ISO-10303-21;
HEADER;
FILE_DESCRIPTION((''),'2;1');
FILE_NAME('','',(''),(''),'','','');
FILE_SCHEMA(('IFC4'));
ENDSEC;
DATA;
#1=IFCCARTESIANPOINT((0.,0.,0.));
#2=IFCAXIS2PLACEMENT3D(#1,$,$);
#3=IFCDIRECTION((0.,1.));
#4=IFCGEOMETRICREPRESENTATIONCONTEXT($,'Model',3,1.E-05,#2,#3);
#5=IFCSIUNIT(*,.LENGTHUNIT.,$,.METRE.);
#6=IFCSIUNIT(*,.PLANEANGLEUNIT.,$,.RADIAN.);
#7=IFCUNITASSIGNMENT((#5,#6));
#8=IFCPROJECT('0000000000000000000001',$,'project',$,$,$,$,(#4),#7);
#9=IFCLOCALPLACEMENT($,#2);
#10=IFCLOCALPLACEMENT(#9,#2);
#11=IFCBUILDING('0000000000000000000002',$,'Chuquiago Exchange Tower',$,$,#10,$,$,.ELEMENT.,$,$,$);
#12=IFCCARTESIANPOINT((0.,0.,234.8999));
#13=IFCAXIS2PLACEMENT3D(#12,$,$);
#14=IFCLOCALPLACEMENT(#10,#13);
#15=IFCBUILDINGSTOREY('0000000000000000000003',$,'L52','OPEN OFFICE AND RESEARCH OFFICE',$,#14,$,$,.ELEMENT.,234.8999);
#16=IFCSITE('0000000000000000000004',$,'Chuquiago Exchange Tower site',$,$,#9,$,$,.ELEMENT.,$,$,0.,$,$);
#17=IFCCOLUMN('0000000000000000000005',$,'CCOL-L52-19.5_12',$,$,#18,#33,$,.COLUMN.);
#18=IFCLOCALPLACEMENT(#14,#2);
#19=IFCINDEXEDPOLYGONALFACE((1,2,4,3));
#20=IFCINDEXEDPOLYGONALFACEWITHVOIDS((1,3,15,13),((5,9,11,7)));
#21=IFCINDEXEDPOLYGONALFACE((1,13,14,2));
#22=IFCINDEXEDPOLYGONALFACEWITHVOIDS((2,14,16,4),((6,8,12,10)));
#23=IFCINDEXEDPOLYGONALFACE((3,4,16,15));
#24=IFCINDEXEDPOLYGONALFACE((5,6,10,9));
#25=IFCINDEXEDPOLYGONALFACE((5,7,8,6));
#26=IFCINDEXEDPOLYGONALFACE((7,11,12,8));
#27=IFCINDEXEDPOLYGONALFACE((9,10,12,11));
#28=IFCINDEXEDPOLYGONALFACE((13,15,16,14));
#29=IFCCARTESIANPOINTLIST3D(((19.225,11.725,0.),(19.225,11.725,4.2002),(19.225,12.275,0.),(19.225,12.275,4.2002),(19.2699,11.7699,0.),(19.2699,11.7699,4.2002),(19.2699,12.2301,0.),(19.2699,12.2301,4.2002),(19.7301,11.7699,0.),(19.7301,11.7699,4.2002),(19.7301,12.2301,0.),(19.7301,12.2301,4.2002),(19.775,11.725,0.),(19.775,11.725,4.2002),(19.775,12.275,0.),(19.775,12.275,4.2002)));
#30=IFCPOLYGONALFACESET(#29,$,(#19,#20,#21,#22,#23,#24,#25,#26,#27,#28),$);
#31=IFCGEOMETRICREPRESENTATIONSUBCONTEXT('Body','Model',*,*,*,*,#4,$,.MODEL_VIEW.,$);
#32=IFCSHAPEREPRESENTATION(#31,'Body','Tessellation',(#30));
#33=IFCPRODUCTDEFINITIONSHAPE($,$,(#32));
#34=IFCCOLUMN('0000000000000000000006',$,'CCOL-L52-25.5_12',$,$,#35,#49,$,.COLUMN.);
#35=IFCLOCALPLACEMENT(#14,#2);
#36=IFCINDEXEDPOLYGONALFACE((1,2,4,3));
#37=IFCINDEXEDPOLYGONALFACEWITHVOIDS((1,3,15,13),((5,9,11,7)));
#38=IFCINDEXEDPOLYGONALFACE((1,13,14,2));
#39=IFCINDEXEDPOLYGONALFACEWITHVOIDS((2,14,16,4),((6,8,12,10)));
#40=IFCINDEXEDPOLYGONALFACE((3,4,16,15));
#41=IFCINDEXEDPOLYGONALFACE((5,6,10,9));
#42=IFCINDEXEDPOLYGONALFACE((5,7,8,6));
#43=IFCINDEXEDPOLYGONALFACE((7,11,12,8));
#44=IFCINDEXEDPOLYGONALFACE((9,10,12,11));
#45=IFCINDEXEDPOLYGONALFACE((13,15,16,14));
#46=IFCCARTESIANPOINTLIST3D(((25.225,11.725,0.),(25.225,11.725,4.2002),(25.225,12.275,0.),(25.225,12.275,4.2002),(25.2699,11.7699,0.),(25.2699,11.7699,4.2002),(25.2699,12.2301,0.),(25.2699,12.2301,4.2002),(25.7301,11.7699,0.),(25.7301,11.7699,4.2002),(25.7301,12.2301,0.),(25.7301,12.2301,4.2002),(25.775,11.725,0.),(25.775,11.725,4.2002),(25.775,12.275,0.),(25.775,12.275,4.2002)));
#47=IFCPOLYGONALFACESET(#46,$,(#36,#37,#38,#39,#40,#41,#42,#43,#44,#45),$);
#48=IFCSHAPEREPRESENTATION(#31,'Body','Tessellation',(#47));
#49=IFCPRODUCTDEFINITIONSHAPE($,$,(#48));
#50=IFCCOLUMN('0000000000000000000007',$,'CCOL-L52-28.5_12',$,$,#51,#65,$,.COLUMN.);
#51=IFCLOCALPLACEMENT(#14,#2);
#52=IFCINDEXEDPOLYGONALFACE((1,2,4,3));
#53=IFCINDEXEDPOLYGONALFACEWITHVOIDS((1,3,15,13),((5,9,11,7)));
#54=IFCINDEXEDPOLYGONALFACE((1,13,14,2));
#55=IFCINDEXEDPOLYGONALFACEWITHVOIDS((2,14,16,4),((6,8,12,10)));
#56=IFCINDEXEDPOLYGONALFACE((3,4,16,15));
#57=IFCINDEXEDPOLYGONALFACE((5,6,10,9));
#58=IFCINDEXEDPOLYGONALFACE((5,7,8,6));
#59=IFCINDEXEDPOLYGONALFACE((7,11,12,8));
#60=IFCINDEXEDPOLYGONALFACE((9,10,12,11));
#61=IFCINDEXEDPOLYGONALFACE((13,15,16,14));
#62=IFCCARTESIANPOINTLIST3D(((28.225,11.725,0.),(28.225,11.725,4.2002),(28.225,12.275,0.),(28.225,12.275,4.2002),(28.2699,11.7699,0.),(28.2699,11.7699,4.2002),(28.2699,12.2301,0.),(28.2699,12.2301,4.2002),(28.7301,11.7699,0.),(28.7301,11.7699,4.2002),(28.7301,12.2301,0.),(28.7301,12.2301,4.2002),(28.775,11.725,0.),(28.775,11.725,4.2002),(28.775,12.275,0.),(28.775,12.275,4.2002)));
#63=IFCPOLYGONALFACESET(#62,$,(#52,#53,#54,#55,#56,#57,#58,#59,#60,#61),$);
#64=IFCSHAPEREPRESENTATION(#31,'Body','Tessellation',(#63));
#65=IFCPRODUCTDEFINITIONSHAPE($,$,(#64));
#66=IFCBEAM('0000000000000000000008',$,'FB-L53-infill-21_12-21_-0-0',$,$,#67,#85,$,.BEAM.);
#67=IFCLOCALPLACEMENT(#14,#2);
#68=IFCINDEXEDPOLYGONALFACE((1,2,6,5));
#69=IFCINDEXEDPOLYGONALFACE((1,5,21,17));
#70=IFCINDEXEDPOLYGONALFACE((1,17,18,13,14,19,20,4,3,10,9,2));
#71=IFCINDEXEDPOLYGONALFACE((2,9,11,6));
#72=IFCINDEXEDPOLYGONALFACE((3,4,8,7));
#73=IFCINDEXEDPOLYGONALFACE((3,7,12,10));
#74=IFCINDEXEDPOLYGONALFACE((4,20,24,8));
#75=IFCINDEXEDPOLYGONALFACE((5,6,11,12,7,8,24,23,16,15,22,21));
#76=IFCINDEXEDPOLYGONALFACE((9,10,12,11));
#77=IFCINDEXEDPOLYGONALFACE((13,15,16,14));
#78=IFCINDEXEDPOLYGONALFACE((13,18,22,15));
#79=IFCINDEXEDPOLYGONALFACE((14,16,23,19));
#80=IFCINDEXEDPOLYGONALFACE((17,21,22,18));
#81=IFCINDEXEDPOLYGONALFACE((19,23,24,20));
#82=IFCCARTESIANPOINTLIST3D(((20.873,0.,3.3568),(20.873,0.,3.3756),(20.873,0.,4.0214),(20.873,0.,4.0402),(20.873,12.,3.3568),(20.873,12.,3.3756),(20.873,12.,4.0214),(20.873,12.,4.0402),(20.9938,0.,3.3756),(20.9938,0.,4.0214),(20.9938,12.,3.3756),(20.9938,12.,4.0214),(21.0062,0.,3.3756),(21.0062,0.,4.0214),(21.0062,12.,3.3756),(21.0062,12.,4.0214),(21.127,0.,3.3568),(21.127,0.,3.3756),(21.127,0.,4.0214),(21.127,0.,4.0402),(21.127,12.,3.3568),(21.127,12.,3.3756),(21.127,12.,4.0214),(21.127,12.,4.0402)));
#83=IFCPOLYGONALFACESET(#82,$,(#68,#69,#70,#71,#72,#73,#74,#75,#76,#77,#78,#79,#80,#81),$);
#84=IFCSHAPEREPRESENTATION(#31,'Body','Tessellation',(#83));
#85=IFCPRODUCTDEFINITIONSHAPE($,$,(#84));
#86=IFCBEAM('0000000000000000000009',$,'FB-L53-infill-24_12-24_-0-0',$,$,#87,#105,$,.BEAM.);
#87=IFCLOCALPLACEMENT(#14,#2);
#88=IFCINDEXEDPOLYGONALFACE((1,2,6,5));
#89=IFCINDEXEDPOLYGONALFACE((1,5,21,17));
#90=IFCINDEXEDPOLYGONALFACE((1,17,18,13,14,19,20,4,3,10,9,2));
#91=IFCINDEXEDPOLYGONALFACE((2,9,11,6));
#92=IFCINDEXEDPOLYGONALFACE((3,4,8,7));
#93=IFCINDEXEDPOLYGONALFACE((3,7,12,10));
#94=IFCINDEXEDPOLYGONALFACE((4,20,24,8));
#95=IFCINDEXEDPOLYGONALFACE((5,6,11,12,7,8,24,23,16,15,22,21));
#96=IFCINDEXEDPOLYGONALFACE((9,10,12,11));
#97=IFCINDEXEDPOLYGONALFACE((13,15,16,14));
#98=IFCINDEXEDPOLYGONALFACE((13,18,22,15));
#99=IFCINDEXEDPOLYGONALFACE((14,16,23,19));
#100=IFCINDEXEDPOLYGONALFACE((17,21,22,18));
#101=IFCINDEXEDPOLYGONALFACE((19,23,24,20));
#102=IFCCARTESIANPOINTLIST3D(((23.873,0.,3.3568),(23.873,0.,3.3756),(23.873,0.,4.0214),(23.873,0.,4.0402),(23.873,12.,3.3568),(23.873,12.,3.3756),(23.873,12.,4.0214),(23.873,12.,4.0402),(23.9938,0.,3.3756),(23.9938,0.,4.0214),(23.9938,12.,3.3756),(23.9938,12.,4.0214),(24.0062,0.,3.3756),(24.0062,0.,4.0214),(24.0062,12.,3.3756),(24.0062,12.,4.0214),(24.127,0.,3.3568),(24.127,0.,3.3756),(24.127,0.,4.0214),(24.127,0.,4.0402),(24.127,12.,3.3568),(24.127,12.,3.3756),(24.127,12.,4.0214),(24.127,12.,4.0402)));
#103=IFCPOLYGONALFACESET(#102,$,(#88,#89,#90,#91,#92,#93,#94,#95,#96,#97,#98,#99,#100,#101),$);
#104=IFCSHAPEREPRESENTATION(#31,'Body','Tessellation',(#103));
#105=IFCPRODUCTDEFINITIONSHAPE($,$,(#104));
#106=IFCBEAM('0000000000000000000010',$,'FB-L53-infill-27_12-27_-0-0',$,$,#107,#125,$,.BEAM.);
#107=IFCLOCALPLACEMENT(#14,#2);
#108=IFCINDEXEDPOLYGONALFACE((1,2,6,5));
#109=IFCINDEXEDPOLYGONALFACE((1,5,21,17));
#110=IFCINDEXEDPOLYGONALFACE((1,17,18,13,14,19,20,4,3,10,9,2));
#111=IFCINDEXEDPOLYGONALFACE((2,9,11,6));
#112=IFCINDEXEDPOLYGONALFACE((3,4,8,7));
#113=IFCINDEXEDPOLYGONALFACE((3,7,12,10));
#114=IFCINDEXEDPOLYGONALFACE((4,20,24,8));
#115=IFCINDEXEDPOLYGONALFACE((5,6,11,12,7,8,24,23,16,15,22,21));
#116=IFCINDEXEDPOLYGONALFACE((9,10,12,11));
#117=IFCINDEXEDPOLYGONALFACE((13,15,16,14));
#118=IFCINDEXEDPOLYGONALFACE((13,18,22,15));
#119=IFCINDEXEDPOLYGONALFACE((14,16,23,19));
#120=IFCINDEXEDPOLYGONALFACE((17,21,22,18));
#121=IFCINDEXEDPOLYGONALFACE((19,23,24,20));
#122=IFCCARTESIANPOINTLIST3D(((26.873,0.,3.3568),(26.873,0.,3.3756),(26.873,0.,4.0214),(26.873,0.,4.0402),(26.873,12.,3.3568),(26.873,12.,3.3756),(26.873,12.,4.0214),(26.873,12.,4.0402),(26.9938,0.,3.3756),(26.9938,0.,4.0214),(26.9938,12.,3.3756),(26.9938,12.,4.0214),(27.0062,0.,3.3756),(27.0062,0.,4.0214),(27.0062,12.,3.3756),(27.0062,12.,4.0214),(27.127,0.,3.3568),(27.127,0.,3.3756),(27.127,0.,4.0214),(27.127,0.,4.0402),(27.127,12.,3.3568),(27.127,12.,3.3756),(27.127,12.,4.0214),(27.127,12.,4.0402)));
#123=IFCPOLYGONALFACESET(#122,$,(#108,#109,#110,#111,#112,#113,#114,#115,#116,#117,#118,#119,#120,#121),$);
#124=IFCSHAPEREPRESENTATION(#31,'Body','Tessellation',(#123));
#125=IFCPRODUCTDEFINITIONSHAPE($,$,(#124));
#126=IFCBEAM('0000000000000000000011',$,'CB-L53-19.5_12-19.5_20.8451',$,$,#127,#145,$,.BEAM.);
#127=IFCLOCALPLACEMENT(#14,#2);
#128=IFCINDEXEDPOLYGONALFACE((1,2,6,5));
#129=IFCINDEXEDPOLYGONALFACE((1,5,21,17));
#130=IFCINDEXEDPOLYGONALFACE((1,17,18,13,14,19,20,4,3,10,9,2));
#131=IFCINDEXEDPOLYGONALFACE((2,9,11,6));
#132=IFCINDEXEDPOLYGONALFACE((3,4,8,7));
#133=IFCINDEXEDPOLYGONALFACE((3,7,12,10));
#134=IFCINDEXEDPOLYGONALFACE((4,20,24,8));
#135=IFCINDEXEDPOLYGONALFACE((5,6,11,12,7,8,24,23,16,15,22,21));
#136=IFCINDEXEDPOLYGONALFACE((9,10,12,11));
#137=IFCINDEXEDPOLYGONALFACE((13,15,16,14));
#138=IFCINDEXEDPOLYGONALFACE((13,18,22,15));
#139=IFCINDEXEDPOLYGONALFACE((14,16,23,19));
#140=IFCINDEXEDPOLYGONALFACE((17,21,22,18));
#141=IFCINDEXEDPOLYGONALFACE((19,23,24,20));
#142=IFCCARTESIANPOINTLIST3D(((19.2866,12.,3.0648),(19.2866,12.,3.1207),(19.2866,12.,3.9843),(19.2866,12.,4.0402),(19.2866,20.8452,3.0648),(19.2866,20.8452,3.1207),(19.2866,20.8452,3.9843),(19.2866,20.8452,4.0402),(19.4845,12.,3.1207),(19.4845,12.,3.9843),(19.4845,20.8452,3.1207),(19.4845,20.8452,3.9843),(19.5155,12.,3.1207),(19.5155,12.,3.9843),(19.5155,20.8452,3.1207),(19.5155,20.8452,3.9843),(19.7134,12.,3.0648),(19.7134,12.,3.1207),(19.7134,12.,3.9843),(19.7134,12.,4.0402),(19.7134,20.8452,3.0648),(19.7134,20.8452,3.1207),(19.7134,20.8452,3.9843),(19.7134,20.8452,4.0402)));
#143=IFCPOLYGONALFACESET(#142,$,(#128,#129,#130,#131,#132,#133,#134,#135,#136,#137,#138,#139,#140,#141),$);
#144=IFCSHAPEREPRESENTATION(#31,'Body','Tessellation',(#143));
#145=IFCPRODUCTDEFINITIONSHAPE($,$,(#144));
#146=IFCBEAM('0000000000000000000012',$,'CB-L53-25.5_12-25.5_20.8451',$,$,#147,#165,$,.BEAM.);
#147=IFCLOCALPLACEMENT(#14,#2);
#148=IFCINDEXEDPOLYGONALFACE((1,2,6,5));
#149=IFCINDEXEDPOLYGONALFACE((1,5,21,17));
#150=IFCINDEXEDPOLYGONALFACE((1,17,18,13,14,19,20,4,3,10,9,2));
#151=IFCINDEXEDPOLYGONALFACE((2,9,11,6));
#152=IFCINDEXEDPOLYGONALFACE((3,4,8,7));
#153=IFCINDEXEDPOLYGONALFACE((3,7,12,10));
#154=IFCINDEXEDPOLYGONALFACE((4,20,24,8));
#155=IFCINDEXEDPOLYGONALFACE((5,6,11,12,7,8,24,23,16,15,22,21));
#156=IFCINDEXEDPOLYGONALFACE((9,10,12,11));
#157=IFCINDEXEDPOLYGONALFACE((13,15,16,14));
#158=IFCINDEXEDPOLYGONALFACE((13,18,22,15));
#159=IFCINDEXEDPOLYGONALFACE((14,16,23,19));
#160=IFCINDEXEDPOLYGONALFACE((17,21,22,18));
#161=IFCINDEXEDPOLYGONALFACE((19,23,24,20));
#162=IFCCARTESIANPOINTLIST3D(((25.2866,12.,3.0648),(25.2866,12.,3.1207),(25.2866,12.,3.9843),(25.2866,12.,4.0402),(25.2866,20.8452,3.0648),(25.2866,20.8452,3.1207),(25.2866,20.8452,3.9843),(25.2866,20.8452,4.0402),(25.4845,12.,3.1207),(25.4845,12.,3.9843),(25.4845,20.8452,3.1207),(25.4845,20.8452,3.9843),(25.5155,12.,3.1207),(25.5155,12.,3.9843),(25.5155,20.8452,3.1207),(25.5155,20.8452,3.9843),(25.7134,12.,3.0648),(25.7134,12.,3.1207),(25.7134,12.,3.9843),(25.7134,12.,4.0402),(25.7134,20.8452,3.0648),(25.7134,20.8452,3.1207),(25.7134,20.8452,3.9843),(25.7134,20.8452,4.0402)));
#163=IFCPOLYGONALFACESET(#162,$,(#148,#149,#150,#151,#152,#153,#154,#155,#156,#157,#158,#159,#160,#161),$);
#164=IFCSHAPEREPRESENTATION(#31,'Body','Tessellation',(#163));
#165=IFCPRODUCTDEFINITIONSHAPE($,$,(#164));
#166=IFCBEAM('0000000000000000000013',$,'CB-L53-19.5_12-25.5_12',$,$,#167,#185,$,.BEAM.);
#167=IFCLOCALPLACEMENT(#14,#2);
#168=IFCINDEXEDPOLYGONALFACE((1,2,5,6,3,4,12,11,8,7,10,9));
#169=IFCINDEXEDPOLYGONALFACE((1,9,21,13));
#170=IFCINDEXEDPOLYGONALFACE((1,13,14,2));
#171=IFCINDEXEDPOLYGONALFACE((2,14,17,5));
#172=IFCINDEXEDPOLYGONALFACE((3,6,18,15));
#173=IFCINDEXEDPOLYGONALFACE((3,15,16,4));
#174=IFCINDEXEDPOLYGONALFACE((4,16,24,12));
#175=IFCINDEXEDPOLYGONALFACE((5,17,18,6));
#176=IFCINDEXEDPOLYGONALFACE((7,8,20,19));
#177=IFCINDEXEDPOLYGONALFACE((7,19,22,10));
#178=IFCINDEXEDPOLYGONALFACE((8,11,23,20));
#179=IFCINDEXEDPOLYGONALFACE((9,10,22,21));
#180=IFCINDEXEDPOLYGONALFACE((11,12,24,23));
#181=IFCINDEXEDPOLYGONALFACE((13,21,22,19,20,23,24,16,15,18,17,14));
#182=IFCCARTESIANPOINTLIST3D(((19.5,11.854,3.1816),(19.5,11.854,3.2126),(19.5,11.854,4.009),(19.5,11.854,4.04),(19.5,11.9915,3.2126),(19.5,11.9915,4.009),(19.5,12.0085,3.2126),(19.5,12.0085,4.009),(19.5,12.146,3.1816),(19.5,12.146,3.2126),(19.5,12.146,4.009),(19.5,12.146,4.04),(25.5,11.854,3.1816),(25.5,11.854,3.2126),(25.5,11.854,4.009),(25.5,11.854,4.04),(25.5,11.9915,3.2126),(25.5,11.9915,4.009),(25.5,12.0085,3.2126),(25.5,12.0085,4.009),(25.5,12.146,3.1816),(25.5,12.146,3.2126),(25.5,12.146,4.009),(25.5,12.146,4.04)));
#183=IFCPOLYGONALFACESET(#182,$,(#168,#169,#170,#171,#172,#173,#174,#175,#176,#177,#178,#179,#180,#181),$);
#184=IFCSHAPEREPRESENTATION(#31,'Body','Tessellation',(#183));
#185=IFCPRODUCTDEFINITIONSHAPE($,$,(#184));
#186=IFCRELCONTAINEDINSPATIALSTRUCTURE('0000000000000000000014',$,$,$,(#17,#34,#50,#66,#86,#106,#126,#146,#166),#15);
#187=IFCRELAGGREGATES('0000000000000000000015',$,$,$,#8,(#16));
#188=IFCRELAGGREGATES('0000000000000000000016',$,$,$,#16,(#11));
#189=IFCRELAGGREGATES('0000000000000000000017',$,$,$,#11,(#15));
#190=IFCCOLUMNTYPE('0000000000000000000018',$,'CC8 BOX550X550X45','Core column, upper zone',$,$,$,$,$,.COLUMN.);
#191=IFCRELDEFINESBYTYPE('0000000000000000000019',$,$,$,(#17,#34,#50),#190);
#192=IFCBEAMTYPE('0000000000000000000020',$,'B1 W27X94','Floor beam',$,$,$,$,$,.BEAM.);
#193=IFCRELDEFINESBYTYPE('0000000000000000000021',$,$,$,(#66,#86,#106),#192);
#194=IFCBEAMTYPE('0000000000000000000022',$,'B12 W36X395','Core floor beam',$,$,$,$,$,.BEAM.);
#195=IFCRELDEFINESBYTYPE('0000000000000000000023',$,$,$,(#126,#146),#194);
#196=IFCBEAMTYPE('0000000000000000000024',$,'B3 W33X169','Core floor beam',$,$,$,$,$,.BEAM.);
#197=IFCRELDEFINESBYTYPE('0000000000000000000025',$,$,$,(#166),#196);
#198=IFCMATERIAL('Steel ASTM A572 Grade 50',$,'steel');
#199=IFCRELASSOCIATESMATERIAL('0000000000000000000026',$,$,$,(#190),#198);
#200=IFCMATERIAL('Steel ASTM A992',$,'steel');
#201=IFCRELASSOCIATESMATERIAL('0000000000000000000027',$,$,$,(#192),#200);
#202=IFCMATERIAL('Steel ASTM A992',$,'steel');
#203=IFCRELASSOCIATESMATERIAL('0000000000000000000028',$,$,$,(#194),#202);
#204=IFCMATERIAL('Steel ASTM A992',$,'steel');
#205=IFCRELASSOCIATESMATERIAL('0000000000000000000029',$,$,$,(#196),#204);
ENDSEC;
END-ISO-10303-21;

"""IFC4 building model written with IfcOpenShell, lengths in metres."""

from ifc_helpers import new_model, si_unit, direction, frame, origin, origin_2d, place, context, subcontext, project, spatial, hollow_rectangle, i_section, extrude, material, material_profile, profile_set, type_object, element, save


model = new_model("IFC4")

# Units and contexts
model_context = context("Model", 3, precision=1e-05, world=origin(), true_north=direction((0.0, 1.0)))
body_context = subcontext(model_context, "Body", "Model", "MODEL_VIEW")
ifc_project = project(units=[si_unit("LENGTHUNIT", "METRE"), si_unit("PLANEANGLEUNIT", "RADIAN")], contexts=[model_context])

# Site, building, storey
site_placement = place(None, origin())
site = spatial("IfcSite", under=ifc_project, at=site_placement, Name="Chuquiago Exchange Tower site", CompositionType="ELEMENT", RefElevation=0.0)
building_placement = place(site_placement, origin())
building = spatial("IfcBuilding", under=site, at=building_placement, Name="Chuquiago Exchange Tower", CompositionType="ELEMENT")
storey_placement = place(building_placement, frame((0.0, 0.0, 234.8999)))
storey = spatial("IfcBuildingStorey", under=building, at=storey_placement, Name="L52", Description="OPEN OFFICE AND RESEARCH OFFICE", CompositionType="ELEMENT", Elevation=234.8999)

# Columns
ifc_material_1 = material(Name="Steel ASTM A572 Grade 50", Category="steel")
ifc_material_profile_1 = material_profile(ifc_material_1, hollow_rectangle(XDim=0.55, YDim=0.55, WallThickness=0.0449, at=origin_2d()), Name="BOX550X550X45")
ifc_profile_set_1 = profile_set([ifc_material_profile_1], Name="Steel ASTM A572 Grade 50")
column_type = type_object("IfcColumnType", Name="CC8 BOX550X550X45", Description="Core column, upper zone", PredefinedType="COLUMN", material=ifc_profile_set_1)
for number, where, z_axis, x_axis, name in (
    (1, (19.5, 12.0, 0.0), (0.0, 0.0, 1.0), (1.0, 0.0, 0.0), "CCOL-L52-19.5_12"),
    (2, (25.5, 12.0, 0.0), (0.0, 0.0, 1.0), (1.0, 0.0, 0.0), "CCOL-L52-25.5_12"),
    (3, (28.5, 12.0, 0.0), (0.0, 0.0, 1.0), (1.0, 0.0, 0.0), "CCOL-L52-28.5_12"),
):
    element("IfcColumn", number, at=place(storey_placement, frame(where, z_axis=z_axis, x_axis=x_axis)), inside=storey, type_object=column_type, Name=name, PredefinedType="COLUMN", context=body_context, shape_type="SweptSolid", body=[
        extrude(hollow_rectangle(XDim=0.55, YDim=0.55, WallThickness=0.0449, at=origin_2d()), origin(), (0.0, 0.0, 1.0), 4.2002),
    ])

# Beams
ifc_material_2 = material(Name="Steel ASTM A992", Category="steel")
ifc_material_profile_2 = material_profile(ifc_material_2, i_section(OverallWidth=0.2539, OverallDepth=0.6833, WebThickness=0.0125, FlangeThickness=0.0188, at=origin_2d()), Name="W27X94")
ifc_profile_set_2 = profile_set([ifc_material_profile_2], Name="Steel ASTM A992")
beam_type_1 = type_object("IfcBeamType", Name="B1 W27X94", Description="Floor beam", PredefinedType="BEAM", material=ifc_profile_set_2)
for number, where, z_axis, x_axis, name in (
    (4, (21.0, 12.0, 3.6985), (0.0, -1.0, 0.0), (1.0, 0.0, 0.0), "FB-L53-infill-21_12-21_-0-0"),
    (5, (24.0, 12.0, 3.6985), (0.0, -1.0, 0.0), (1.0, 0.0, 0.0), "FB-L53-infill-24_12-24_-0-0"),
    (6, (27.0, 12.0, 3.6985), (0.0, -1.0, 0.0), (1.0, 0.0, 0.0), "FB-L53-infill-27_12-27_-0-0"),
):
    element("IfcBeam", number, at=place(storey_placement, frame(where, z_axis=z_axis, x_axis=x_axis)), inside=storey, type_object=beam_type_1, Name=name, PredefinedType="BEAM", context=body_context, shape_type="SweptSolid", body=[
        extrude(i_section(OverallWidth=0.2539, OverallDepth=0.6833, WebThickness=0.0125, FlangeThickness=0.0188, at=origin_2d()), origin(), (0.0, 0.0, 1.0), 12.0),
    ])
ifc_material_3 = material(Name="Steel ASTM A992", Category="steel")
ifc_material_profile_3 = material_profile(ifc_material_3, i_section(OverallWidth=0.4268, OverallDepth=0.9753, WebThickness=0.031, FlangeThickness=0.0559, at=origin_2d()), Name="W36X395")
ifc_profile_set_3 = profile_set([ifc_material_profile_3], Name="Steel ASTM A992")
beam_type_2 = type_object("IfcBeamType", Name="B12 W36X395", Description="Core floor beam", PredefinedType="BEAM", material=ifc_profile_set_3)
for number, where, z_axis, x_axis, name in (
    (7, (19.5, 12.0, 3.5525), (0.0, 1.0, 0.0), (-1.0, 0.0, 0.0), "CB-L53-19.5_12-19.5_20.8451"),
    (8, (25.5, 12.0, 3.5525), (0.0, 1.0, 0.0), (-1.0, 0.0, 0.0), "CB-L53-25.5_12-25.5_20.8451"),
):
    element("IfcBeam", number, at=place(storey_placement, frame(where, z_axis=z_axis, x_axis=x_axis)), inside=storey, type_object=beam_type_2, Name=name, PredefinedType="BEAM", context=body_context, shape_type="SweptSolid", body=[
        extrude(i_section(OverallWidth=0.4268, OverallDepth=0.9753, WebThickness=0.031, FlangeThickness=0.0559, at=origin_2d()), origin(), (0.0, 0.0, 1.0), 8.8452),
    ])
ifc_material_4 = material(Name="Steel ASTM A992", Category="steel")
ifc_material_profile_4 = material_profile(ifc_material_4, i_section(OverallWidth=0.292, OverallDepth=0.8584, WebThickness=0.0171, FlangeThickness=0.031, at=origin_2d()), Name="W33X169")
ifc_profile_set_4 = profile_set([ifc_material_profile_4], Name="Steel ASTM A992")
beam_type_3 = type_object("IfcBeamType", Name="B3 W33X169", Description="Core floor beam", PredefinedType="BEAM", material=ifc_profile_set_4)
beam_1_placement = place(storey_placement, frame((19.5, 12.0, 3.6108), z_axis=(1.0, 0.0, 0.0), x_axis=(0.0, 1.0, 0.0)))
element("IfcBeam", 9, at=beam_1_placement, inside=storey, type_object=beam_type_3, Name="CB-L53-19.5_12-25.5_12", PredefinedType="BEAM", context=body_context, shape_type="SweptSolid", body=[
    extrude(i_section(OverallWidth=0.292, OverallDepth=0.8584, WebThickness=0.0171, FlangeThickness=0.031, at=origin_2d()), origin(), (0.0, 0.0, 1.0), 6.0),
])

save(model, "model.ifc")
